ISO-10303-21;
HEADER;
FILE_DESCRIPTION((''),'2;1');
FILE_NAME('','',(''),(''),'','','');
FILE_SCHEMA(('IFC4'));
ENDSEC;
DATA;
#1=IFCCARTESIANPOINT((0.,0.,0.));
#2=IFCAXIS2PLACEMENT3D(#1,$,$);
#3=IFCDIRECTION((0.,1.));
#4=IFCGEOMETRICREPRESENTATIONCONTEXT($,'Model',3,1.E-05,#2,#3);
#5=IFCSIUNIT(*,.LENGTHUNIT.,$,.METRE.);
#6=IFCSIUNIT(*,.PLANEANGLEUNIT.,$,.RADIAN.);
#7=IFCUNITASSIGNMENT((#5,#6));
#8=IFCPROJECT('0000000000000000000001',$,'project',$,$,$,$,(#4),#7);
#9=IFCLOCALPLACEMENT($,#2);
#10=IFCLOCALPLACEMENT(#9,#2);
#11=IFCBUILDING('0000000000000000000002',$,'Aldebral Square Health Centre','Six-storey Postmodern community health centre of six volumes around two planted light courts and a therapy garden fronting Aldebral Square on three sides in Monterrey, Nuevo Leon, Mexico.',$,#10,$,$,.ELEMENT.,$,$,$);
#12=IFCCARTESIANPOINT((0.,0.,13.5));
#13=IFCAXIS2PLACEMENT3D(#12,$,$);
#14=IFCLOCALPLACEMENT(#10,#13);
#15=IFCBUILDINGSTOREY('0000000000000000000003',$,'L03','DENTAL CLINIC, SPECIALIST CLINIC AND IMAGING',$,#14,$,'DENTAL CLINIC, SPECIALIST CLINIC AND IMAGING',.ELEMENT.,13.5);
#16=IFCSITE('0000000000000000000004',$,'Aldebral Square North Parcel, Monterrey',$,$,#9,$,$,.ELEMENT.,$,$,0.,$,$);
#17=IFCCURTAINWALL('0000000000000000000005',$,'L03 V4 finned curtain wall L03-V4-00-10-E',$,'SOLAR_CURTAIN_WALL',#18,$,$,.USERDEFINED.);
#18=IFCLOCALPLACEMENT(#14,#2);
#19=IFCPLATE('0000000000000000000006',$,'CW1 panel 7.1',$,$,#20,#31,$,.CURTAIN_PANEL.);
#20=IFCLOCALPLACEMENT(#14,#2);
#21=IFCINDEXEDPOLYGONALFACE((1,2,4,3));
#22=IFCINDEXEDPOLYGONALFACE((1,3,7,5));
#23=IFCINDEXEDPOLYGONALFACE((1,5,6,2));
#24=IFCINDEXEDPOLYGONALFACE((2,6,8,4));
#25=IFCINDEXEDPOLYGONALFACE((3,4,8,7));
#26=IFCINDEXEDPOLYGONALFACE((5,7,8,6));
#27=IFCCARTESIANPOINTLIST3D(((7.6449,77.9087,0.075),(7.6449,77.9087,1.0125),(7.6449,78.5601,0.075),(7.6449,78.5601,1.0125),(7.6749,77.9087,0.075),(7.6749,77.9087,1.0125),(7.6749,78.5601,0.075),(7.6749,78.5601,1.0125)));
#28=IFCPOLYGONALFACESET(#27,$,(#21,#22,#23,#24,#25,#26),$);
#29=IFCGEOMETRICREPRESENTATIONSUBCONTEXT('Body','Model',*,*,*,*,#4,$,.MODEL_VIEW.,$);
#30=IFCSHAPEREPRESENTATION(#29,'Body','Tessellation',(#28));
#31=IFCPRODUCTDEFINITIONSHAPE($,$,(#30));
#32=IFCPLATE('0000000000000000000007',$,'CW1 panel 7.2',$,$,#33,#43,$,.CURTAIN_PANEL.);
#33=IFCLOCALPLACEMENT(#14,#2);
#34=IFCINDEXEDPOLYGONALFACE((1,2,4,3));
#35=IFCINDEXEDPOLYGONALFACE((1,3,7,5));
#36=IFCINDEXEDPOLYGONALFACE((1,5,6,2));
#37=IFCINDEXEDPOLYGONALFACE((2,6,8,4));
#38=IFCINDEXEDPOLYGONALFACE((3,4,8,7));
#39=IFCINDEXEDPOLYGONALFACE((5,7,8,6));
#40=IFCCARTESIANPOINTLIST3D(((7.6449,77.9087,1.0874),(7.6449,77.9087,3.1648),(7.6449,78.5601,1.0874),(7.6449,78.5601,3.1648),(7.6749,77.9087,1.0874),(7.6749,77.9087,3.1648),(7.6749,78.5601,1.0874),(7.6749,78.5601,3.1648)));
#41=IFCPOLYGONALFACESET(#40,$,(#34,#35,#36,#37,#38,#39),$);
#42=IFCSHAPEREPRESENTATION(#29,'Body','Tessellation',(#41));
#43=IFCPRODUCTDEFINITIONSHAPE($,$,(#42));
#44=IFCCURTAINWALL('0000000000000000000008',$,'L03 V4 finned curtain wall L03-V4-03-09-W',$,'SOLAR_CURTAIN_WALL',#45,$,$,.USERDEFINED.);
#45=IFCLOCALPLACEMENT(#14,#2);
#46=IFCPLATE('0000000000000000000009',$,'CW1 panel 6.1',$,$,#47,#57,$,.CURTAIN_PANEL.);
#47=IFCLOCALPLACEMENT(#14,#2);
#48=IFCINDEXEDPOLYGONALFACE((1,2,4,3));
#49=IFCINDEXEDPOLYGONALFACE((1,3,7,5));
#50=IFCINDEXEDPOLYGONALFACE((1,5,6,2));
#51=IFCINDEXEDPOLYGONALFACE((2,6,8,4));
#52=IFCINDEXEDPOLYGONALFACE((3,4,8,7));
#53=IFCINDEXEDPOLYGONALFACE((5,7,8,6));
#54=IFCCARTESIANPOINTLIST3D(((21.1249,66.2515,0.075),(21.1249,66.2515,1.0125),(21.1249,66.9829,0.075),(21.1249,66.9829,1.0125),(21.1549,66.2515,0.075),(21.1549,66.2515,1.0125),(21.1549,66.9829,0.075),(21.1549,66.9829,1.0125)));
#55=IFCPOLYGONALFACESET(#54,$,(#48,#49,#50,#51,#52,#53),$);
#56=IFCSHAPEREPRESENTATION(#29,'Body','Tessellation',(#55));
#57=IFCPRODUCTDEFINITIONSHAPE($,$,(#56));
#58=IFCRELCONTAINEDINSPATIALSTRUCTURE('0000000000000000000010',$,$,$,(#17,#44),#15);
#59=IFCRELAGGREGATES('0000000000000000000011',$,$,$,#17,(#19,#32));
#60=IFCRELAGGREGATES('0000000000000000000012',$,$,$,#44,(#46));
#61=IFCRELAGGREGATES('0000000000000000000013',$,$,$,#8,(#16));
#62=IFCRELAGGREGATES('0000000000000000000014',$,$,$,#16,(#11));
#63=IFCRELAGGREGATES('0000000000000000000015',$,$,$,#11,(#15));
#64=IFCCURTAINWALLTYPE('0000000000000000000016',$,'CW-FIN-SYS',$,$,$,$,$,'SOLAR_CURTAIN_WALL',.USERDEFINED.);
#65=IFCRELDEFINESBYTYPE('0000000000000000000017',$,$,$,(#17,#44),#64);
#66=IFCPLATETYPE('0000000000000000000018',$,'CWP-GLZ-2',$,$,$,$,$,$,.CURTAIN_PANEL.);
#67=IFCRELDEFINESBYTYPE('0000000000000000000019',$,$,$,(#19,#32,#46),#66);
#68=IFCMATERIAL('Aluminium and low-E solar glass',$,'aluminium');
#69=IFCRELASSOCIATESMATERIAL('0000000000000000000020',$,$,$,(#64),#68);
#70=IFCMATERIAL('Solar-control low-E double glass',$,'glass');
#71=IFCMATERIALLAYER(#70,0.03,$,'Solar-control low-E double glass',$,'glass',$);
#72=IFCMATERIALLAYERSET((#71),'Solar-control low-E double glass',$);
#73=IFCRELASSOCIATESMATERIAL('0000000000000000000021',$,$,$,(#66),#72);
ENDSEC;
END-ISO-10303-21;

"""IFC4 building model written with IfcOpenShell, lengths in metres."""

from ifc_helpers import new_model, si_unit, direction, frame, origin, origin_2d, place, context, subcontext, project, spatial, rectangle, extrude, material, layer, layer_set, type_object, element, aggregate, save


model = new_model("IFC4")

# Units and contexts
model_context = context("Model", 3, precision=1e-05, world=origin(), true_north=direction((0.0, 1.0)))
body_context = subcontext(model_context, "Body", "Model", "MODEL_VIEW")
ifc_project = project(units=[si_unit("LENGTHUNIT", "METRE"), si_unit("PLANEANGLEUNIT", "RADIAN")], contexts=[model_context])

# Site, building, storey
site_placement = place(None, origin())
site = spatial("IfcSite", under=ifc_project, at=site_placement, Name="Aldebral Square North Parcel, Monterrey", CompositionType="ELEMENT", RefElevation=0.0)
building_placement = place(site_placement, origin())
building = spatial("IfcBuilding", under=site, at=building_placement, Name="Aldebral Square Health Centre", Description="Six-storey Postmodern community health centre of six volumes around two planted light courts and a therapy garden fronting Aldebral Square on three sides in Monterrey, Nuevo Leon, Mexico.", CompositionType="ELEMENT")
storey_placement = place(building_placement, frame((0.0, 0.0, 13.5)))
storey = spatial("IfcBuildingStorey", under=building, at=storey_placement, Name="L03", Description="DENTAL CLINIC, SPECIALIST CLINIC AND IMAGING", LongName="DENTAL CLINIC, SPECIALIST CLINIC AND IMAGING", CompositionType="ELEMENT", Elevation=13.5)

# Curtain wall, plates
ifc_material_1 = material(Name="Aluminium and low-E solar glass", Category="aluminium")
curtain_wall_type = type_object("IfcCurtainWallType", Name="CW-FIN-SYS", ElementType="SOLAR_CURTAIN_WALL", PredefinedType="USERDEFINED", material=ifc_material_1)
curtain_wall_1_placement = place(storey_placement, origin())
curtain_wall_1 = element("IfcCurtainWall", 1, at=curtain_wall_1_placement, inside=storey, type_object=curtain_wall_type, Name="L03 V4 finned curtain wall L03-V4-00-10-E", ObjectType="SOLAR_CURTAIN_WALL", PredefinedType="USERDEFINED")
ifc_material_2 = material(Name="Solar-control low-E double glass", Category="glass")
ifc_layer = layer(ifc_material_2, 0.03, Name="Solar-control low-E double glass", Category="glass")
ifc_layer_set = layer_set([ifc_layer], Name="Solar-control low-E double glass")
plate_type = type_object("IfcPlateType", Name="CWP-GLZ-2", PredefinedType="CURTAIN_PANEL", material=ifc_layer_set)
plate_1_placement = place(storey_placement, frame((7.6599, 78.2344, 0.075), z_axis=(0.0, 0.0, 1.0), x_axis=(0.0, 1.0, 0.0)))
plate_1 = element("IfcPlate", 2, at=plate_1_placement, type_object=plate_type, Name="CW1 panel 7.1", PredefinedType="CURTAIN_PANEL", context=body_context, shape_type="SweptSolid", body=[
    extrude(rectangle(XDim=0.6514, YDim=0.03, at=origin_2d()), origin(), (0.0, 0.0, 1.0), 0.9375),
])
plate_2_placement = place(storey_placement, frame((7.6599, 78.2344, 1.0874), z_axis=(0.0, 0.0, 1.0), x_axis=(0.0, 1.0, 0.0)))
plate_2 = element("IfcPlate", 3, at=plate_2_placement, type_object=plate_type, Name="CW1 panel 7.2", PredefinedType="CURTAIN_PANEL", context=body_context, shape_type="SweptSolid", body=[
    extrude(rectangle(XDim=0.6514, YDim=0.03, at=origin_2d()), origin(), (0.0, 0.0, 1.0), 2.0774),
])
aggregate(curtain_wall_1, [plate_1, plate_2])

# Curtain wall, plate
curtain_wall_2_placement = place(storey_placement, origin())
curtain_wall_2 = element("IfcCurtainWall", 4, at=curtain_wall_2_placement, inside=storey, type_object=curtain_wall_type, Name="L03 V4 finned curtain wall L03-V4-03-09-W", ObjectType="SOLAR_CURTAIN_WALL", PredefinedType="USERDEFINED")
plate_3_placement = place(storey_placement, frame((21.1399, 66.6172, 0.075), z_axis=(0.0, 0.0, 1.0), x_axis=(0.0, -1.0, 0.0)))
plate_3 = element("IfcPlate", 5, at=plate_3_placement, type_object=plate_type, Name="CW1 panel 6.1", PredefinedType="CURTAIN_PANEL", context=body_context, shape_type="SweptSolid", body=[
    extrude(rectangle(XDim=0.7314, YDim=0.03, at=origin_2d()), origin(), (0.0, 0.0, 1.0), 0.9375),
])
aggregate(curtain_wall_2, [plate_3])

save(model, "model.ifc")
